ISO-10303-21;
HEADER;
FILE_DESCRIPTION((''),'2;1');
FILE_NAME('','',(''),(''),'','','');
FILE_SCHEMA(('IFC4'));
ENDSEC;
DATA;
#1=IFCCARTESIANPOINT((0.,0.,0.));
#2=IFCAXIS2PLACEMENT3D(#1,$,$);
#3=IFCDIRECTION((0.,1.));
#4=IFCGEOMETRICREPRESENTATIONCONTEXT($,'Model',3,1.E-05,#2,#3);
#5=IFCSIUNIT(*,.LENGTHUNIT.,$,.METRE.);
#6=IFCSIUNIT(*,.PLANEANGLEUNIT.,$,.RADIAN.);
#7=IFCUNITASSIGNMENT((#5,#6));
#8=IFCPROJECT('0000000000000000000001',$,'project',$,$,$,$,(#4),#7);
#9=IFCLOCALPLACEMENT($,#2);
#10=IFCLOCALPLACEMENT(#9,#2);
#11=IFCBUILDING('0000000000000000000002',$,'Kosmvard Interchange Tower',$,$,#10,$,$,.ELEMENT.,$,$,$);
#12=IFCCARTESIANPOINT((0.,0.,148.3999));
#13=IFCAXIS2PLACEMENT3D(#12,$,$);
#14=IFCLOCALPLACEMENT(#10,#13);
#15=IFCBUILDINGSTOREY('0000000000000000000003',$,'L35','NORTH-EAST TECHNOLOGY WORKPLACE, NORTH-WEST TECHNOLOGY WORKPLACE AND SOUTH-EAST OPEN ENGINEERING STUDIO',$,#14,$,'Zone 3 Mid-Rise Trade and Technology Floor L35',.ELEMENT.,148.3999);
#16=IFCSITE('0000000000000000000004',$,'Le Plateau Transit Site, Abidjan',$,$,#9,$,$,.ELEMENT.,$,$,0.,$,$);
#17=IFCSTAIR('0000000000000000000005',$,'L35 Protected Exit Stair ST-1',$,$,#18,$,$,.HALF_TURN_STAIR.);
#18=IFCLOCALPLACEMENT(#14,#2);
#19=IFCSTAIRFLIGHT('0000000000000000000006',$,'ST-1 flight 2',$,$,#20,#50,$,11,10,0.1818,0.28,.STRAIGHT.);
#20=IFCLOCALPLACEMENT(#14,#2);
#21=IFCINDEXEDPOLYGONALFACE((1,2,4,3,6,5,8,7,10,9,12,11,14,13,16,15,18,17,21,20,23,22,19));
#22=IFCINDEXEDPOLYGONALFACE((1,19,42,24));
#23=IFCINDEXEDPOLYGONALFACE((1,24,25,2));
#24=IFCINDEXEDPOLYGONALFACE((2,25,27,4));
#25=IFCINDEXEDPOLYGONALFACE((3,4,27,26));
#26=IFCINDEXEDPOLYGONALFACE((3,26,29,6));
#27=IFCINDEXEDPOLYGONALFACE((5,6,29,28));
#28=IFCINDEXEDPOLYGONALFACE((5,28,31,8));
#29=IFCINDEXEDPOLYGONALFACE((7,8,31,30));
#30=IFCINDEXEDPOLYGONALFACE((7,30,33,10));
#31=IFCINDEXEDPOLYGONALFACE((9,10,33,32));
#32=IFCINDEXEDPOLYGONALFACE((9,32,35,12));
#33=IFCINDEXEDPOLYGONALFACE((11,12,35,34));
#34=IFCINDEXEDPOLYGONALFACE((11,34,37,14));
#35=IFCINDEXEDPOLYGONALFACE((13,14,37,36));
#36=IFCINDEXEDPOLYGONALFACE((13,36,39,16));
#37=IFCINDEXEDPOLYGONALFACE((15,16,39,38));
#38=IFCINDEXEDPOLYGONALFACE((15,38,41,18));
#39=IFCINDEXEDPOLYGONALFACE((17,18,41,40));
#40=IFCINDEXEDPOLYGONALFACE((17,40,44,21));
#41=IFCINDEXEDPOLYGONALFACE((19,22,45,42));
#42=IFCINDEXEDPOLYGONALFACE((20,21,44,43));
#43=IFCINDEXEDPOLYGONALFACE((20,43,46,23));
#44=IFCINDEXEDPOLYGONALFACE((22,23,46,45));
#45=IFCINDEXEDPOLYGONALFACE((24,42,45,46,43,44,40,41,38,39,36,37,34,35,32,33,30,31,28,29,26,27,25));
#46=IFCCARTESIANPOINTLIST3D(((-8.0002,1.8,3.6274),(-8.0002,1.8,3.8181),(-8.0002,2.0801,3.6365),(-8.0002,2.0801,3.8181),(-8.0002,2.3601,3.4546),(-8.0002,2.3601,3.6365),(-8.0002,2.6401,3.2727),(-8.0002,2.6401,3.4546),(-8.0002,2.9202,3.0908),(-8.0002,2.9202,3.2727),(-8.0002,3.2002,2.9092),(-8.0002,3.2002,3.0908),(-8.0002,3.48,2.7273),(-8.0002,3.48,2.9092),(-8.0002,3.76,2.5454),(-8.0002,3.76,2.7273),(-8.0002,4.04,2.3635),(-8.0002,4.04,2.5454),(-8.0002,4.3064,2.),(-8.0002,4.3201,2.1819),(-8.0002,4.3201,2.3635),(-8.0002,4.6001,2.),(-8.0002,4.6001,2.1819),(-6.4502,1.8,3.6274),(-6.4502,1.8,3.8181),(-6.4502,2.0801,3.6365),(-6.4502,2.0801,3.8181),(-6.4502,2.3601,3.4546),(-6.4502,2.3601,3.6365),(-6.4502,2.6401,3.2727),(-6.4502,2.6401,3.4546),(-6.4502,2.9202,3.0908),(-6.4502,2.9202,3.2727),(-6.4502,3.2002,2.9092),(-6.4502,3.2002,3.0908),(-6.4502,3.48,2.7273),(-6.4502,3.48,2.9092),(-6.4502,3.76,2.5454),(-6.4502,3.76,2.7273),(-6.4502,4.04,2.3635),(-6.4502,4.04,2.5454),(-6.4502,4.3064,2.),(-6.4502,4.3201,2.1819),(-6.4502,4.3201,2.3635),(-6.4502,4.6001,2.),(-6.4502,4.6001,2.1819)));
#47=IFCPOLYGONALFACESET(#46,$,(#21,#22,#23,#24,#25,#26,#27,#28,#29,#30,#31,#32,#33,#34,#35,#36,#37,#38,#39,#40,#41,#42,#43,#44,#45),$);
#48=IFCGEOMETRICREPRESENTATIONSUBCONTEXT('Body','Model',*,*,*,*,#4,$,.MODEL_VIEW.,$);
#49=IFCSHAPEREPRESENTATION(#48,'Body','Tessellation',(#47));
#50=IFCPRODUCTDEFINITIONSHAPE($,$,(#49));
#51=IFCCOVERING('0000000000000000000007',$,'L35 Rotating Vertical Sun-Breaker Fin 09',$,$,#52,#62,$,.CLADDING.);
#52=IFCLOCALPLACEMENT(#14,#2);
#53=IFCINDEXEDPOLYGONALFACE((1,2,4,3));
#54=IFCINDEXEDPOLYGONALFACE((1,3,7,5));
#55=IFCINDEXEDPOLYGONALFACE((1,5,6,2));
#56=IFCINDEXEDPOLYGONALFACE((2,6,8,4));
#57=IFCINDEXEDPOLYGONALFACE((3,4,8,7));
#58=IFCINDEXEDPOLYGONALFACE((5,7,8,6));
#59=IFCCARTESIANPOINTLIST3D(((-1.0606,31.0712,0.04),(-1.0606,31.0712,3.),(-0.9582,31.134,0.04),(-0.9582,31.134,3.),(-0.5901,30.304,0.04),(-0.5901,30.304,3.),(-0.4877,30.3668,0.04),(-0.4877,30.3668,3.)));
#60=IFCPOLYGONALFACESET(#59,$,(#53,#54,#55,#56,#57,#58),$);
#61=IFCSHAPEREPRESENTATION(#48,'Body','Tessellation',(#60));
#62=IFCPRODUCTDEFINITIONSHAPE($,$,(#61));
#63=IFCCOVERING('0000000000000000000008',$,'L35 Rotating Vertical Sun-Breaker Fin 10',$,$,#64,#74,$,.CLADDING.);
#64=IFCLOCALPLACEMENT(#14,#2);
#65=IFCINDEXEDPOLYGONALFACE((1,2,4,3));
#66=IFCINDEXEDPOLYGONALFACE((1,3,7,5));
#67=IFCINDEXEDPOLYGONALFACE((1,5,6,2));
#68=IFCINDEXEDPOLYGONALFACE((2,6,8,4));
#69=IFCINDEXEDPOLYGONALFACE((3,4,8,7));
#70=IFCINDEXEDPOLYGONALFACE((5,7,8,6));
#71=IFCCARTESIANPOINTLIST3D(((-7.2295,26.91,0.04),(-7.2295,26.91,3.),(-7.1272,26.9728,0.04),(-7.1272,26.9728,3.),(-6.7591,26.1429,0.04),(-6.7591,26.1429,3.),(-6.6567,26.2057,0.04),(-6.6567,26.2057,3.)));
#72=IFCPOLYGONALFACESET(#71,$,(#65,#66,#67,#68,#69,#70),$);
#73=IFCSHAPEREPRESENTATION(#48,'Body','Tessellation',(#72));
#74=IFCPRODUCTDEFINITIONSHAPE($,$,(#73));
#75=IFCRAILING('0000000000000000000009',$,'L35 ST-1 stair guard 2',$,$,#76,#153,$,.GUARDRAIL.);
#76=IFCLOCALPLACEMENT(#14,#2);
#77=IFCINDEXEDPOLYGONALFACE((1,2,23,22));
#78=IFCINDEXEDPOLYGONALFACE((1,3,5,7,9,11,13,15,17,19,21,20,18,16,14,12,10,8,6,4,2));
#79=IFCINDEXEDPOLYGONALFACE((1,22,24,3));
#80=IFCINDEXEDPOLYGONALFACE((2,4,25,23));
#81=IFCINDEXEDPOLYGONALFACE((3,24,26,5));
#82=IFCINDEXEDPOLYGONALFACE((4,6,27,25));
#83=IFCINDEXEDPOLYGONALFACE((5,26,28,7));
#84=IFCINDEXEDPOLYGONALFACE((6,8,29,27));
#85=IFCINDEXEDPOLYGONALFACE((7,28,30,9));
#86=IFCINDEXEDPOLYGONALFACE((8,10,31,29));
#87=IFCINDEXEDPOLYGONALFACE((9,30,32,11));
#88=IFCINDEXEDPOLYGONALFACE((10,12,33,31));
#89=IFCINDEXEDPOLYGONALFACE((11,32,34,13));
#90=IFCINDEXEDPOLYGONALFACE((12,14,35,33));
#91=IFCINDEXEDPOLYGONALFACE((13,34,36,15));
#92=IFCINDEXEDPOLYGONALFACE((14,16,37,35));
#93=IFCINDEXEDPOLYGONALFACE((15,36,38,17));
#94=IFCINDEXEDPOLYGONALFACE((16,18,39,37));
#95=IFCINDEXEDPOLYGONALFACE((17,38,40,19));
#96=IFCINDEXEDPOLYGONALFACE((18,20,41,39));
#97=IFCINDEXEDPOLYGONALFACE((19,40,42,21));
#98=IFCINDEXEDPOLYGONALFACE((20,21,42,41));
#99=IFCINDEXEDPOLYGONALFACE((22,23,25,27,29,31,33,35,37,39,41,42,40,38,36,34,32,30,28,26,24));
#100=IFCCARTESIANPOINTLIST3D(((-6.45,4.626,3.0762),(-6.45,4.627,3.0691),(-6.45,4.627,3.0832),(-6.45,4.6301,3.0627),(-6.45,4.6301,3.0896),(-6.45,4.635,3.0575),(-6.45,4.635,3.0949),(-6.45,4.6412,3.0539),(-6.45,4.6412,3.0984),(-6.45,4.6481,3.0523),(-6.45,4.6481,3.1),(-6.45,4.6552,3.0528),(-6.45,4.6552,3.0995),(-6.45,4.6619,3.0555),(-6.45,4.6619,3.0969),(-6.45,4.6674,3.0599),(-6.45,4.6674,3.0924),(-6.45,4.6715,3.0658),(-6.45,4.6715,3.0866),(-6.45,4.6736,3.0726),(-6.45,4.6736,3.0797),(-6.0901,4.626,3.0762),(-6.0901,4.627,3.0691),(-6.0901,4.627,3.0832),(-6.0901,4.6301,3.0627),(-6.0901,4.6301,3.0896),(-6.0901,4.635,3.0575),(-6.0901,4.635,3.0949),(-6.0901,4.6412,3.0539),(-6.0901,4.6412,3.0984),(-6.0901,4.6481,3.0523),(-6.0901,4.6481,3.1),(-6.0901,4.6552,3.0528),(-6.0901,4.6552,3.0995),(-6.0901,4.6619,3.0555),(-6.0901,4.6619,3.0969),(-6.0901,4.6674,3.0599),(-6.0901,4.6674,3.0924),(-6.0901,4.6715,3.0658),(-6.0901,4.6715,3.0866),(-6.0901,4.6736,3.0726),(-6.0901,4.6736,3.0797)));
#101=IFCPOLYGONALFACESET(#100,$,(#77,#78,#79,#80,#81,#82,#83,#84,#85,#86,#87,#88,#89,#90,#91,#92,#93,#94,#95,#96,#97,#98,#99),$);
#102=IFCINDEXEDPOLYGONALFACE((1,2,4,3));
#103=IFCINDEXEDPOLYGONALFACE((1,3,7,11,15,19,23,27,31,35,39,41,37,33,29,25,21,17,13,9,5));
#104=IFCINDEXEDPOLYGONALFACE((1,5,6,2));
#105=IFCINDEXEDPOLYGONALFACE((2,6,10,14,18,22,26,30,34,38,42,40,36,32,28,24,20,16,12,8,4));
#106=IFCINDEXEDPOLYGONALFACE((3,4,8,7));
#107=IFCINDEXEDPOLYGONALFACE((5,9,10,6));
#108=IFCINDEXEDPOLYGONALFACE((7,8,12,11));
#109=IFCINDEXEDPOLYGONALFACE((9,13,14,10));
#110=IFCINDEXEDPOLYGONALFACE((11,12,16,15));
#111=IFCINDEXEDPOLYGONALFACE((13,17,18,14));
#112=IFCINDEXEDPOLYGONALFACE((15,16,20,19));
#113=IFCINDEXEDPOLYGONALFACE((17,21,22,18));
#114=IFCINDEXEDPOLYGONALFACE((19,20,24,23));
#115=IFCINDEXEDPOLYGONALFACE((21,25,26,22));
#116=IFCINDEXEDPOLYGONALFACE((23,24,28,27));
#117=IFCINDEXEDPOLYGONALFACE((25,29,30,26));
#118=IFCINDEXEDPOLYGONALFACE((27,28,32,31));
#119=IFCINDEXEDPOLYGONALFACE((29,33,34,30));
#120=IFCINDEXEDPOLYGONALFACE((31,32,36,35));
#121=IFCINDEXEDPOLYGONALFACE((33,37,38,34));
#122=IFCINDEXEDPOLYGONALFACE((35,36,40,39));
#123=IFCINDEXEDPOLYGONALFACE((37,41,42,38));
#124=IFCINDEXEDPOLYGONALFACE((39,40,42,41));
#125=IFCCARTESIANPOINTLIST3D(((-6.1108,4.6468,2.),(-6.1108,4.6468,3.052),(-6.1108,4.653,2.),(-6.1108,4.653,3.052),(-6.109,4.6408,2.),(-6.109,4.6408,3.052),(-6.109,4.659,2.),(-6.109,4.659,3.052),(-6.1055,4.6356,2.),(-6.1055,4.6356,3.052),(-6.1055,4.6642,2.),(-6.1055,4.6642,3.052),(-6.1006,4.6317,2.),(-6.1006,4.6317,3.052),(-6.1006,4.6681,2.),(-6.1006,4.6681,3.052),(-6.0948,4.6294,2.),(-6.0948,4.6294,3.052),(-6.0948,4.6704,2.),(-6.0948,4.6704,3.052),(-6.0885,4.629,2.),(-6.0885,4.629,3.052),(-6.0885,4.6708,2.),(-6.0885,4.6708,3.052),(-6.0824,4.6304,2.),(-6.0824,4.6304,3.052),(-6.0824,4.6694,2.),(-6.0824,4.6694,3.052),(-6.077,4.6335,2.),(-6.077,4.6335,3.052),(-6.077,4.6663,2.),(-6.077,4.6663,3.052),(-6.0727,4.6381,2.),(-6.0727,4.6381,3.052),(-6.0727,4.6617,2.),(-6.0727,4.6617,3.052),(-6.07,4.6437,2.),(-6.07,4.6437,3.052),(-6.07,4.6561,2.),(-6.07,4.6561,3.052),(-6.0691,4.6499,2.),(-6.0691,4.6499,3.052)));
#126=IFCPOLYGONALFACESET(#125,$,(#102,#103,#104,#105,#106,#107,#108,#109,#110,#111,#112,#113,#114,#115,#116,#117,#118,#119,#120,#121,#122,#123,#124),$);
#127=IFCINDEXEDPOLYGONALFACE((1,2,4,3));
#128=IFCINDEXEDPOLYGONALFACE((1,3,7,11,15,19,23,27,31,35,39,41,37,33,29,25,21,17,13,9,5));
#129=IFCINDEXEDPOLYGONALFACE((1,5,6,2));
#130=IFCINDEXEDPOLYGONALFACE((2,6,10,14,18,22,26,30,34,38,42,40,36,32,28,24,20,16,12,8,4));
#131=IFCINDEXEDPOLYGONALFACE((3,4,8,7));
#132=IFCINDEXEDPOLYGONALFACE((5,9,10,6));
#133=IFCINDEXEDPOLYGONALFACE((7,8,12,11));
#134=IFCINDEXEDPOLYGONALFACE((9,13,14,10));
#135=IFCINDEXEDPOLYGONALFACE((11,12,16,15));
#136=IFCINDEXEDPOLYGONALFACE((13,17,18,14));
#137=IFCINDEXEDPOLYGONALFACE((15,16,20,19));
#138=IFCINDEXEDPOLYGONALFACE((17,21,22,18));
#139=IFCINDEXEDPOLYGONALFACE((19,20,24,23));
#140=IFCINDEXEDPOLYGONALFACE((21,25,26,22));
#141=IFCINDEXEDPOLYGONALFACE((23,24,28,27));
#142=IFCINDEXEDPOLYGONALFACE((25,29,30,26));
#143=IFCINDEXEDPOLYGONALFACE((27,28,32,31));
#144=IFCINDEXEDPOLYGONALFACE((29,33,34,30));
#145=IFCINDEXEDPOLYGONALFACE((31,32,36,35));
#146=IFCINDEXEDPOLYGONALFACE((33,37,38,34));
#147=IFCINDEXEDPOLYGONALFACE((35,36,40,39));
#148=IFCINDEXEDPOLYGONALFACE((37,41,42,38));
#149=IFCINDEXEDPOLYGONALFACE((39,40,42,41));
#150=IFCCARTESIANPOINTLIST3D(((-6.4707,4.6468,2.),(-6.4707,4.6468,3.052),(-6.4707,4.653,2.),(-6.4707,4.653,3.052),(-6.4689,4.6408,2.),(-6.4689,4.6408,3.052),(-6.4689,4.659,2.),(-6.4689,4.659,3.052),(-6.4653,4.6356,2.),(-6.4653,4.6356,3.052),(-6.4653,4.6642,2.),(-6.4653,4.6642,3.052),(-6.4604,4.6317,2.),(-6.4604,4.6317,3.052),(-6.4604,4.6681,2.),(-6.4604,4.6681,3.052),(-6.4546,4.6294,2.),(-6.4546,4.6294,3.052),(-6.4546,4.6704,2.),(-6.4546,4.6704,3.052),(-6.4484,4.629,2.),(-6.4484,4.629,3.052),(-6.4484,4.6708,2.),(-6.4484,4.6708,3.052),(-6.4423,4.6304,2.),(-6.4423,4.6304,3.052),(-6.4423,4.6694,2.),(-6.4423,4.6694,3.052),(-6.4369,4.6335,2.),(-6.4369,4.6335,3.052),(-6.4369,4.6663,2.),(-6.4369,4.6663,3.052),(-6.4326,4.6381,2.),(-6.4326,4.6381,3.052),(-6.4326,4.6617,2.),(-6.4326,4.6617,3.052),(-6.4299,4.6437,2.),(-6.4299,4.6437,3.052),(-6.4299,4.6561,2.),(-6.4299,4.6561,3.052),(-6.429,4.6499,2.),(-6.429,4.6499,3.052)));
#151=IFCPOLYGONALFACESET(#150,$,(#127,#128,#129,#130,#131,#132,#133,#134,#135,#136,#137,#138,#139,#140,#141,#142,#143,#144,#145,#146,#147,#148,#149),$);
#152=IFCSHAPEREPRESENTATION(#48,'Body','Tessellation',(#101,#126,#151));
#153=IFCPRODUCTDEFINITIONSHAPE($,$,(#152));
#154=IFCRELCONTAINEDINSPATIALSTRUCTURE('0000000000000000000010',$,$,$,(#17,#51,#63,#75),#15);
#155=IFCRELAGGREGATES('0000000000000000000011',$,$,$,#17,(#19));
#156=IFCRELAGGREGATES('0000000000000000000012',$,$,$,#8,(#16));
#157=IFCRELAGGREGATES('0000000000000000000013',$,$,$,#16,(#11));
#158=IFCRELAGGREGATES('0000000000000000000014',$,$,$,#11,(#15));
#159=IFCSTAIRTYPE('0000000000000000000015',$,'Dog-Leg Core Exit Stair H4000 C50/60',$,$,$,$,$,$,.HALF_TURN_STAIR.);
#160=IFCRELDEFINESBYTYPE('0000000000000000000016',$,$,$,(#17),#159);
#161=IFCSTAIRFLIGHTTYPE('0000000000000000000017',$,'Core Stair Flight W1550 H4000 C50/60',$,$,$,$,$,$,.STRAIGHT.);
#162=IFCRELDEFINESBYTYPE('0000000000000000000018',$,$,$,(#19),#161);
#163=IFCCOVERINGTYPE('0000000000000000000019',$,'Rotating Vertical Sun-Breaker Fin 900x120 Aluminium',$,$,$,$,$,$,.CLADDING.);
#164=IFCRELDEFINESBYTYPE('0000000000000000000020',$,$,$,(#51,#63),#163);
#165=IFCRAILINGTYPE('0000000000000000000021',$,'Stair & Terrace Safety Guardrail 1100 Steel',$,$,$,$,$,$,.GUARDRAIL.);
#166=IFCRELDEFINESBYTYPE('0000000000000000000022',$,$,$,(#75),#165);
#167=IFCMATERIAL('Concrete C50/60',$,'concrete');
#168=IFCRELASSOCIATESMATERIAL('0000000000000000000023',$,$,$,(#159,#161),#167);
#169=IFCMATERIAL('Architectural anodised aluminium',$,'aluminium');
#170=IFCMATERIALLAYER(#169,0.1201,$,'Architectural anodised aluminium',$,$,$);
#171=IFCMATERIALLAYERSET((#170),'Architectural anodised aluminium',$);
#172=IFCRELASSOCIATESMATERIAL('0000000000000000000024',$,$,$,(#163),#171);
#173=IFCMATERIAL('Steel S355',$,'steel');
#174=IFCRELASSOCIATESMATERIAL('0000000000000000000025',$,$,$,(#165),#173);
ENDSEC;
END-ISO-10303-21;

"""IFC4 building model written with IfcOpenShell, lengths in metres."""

from ifc_helpers import new_model, si_unit, direction, frame, origin, origin_2d, place, context, subcontext, project, spatial, polyline, rectangle, circle, outline, extrude, source, transform, mapped, material, layer, layer_set, type_object, element, aggregate, save


model = new_model("IFC4")

# Units and contexts
model_context = context("Model", 3, precision=1e-05, world=origin(), true_north=direction((0.0, 1.0)))
body_context = subcontext(model_context, "Body", "Model", "MODEL_VIEW")
ifc_project = project(units=[si_unit("LENGTHUNIT", "METRE"), si_unit("PLANEANGLEUNIT", "RADIAN")], contexts=[model_context])

# Site, building, storey
site_placement = place(None, origin())
site = spatial("IfcSite", under=ifc_project, at=site_placement, Name="Le Plateau Transit Site, Abidjan", CompositionType="ELEMENT", RefElevation=0.0)
building_placement = place(site_placement, origin())
building = spatial("IfcBuilding", under=site, at=building_placement, Name="Kosmvard Interchange Tower", CompositionType="ELEMENT")
storey_placement = place(building_placement, frame((0.0, 0.0, 148.3999)))
storey = spatial("IfcBuildingStorey", under=building, at=storey_placement, Name="L35", Description="NORTH-EAST TECHNOLOGY WORKPLACE, NORTH-WEST TECHNOLOGY WORKPLACE AND SOUTH-EAST OPEN ENGINEERING STUDIO", LongName="Zone 3 Mid-Rise Trade and Technology Floor L35", CompositionType="ELEMENT", Elevation=148.3999)

# Shared definitions
ifc_material_1 = material(Name="Steel S355", Category="steel")

# Stair, stair flight
ifc_material_2 = material(Name="Concrete C50/60", Category="concrete")
stair_type = type_object("IfcStairType", Name="Dog-Leg Core Exit Stair H4000 C50/60", PredefinedType="HALF_TURN_STAIR", material=ifc_material_2)
stair_placement = place(storey_placement, origin())
stair = element("IfcStair", 1, at=stair_placement, inside=storey, type_object=stair_type, Name="L35 Protected Exit Stair ST-1", PredefinedType="HALF_TURN_STAIR")
stair_flight_type = type_object("IfcStairFlightType", Name="Core Stair Flight W1550 H4000 C50/60", PredefinedType="STRAIGHT", material=ifc_material_2)
shared_shape_1 = source(origin(), body_context, "Body", "SweptSolid", [
    extrude(outline(polyline([(0.0, 0.0), (0.0, 0.1819), (0.28, 0.1819), (0.28, 0.3635), (0.5601, 0.3635), (0.5601, 0.5454), (0.8401, 0.5454), (0.8401, 0.7273), (1.1201, 0.7273), (1.1201, 0.9092), (1.3999, 0.9092), (1.3999, 1.0908), (1.6799, 1.0908), (1.6799, 1.2727), (1.96, 1.2727), (1.96, 1.4546), (2.24, 1.4546), (2.24, 1.6365), (2.52, 1.6365), (2.52, 1.8181), (2.8, 1.8181), (2.8, 2.0), (2.8, 1.6274), (0.2937, 0.0), (0.0, 0.0)])), frame((0.0, 0.7749, 0.0), z_axis=(0.0, -1.0, 0.0), x_axis=(1.0, 0.0, 0.0)), (0.0, 0.0, 1.0), 1.55),
])
stair_flight_1_placement = place(storey_placement, frame((-7.2251, 4.6001, 2.0), z_axis=(0.0, 0.0, 1.0), x_axis=(0.0, -1.0, 0.0)))
stair_flight_1 = element("IfcStairFlight", 2, at=stair_flight_1_placement, type_object=stair_flight_type, Name="ST-1 flight 2", NumberOfRisers=11, NumberOfTreads=10, PredefinedType="STRAIGHT", RiserHeight=0.1818, TreadLength=0.28, context=body_context, shape_type="MappedRepresentation", body=[
    mapped(shared_shape_1, transform((0.0, 0.0, 0.0), scale=1.0)),
])
aggregate(stair, [stair_flight_1])

# Coverings
ifc_material_3 = material(Name="Architectural anodised aluminium", Category="aluminium")
ifc_layer_1 = layer(ifc_material_3, 0.1201, Name="Architectural anodised aluminium")
ifc_layer_set_1 = layer_set([ifc_layer_1], Name="Architectural anodised aluminium")
covering_type = type_object("IfcCoveringType", Name="Rotating Vertical Sun-Breaker Fin 900x120 Aluminium", PredefinedType="CLADDING", material=ifc_layer_set_1)
shared_shape_2 = source(origin(), body_context, "Body", "SweptSolid", [
    extrude(rectangle(XDim=0.8999, YDim=0.1201, at=origin_2d()), origin(), (0.0, 0.0, 1.0), 2.96),
])
for number, where, z_axis, x_axis, name in (
    (3, (-0.7742, 30.719, 0.04), (0.0, 0.0, 1.0), (-0.522796, 0.852458, 0.0), "L35 Rotating Vertical Sun-Breaker Fin 09"),
    (4, (-6.9431, 26.5579, 0.04), (0.0, 0.0, 1.0), (-0.522796, 0.852458, 0.0), "L35 Rotating Vertical Sun-Breaker Fin 10"),
):
    element("IfcCovering", number, at=place(storey_placement, frame(where, z_axis=z_axis, x_axis=x_axis)), inside=storey, type_object=covering_type, Name=name, PredefinedType="CLADDING", context=body_context, shape_type="MappedRepresentation", body=[
        mapped(shared_shape_2, transform((0.0, 0.0, 0.0), scale=1.0)),
    ])

# Railing
railing_type_1 = type_object("IfcRailingType", Name="Stair & Terrace Safety Guardrail 1100 Steel", PredefinedType="GUARDRAIL", material=ifc_material_1)
shared_shape_3 = source(origin(), body_context, "Body", "SweptSolid", [
    extrude(circle(Radius=0.0239, at=origin_2d()), frame((0.0, 0.0, 1.0762), z_axis=(-1.0, 0.0, 0.0), x_axis=(0.0, -1.0, 0.0)), (0.0, 0.0, 1.0), 0.3599),
    extrude(circle(Radius=0.021, at=origin_2d()), origin(), (0.0, 0.0, 1.0), 1.052),
    extrude(circle(Radius=0.021, at=origin_2d()), frame((-0.3599, 0.0, 0.0)), (0.0, 0.0, 1.0), 1.052),
])
for number, where, name in (
    (5, (-6.0901, 4.6499, 2.0), "L35 ST-1 stair guard 2"),
):
    element("IfcRailing", number, at=place(storey_placement, frame(where)), inside=storey, type_object=railing_type_1, Name=name, PredefinedType="GUARDRAIL", context=body_context, shape_type="MappedRepresentation", body=[
        mapped(shared_shape_3, transform((0.0, 0.0, 0.0), scale=1.0)),
    ])

save(model, "model.ifc")
